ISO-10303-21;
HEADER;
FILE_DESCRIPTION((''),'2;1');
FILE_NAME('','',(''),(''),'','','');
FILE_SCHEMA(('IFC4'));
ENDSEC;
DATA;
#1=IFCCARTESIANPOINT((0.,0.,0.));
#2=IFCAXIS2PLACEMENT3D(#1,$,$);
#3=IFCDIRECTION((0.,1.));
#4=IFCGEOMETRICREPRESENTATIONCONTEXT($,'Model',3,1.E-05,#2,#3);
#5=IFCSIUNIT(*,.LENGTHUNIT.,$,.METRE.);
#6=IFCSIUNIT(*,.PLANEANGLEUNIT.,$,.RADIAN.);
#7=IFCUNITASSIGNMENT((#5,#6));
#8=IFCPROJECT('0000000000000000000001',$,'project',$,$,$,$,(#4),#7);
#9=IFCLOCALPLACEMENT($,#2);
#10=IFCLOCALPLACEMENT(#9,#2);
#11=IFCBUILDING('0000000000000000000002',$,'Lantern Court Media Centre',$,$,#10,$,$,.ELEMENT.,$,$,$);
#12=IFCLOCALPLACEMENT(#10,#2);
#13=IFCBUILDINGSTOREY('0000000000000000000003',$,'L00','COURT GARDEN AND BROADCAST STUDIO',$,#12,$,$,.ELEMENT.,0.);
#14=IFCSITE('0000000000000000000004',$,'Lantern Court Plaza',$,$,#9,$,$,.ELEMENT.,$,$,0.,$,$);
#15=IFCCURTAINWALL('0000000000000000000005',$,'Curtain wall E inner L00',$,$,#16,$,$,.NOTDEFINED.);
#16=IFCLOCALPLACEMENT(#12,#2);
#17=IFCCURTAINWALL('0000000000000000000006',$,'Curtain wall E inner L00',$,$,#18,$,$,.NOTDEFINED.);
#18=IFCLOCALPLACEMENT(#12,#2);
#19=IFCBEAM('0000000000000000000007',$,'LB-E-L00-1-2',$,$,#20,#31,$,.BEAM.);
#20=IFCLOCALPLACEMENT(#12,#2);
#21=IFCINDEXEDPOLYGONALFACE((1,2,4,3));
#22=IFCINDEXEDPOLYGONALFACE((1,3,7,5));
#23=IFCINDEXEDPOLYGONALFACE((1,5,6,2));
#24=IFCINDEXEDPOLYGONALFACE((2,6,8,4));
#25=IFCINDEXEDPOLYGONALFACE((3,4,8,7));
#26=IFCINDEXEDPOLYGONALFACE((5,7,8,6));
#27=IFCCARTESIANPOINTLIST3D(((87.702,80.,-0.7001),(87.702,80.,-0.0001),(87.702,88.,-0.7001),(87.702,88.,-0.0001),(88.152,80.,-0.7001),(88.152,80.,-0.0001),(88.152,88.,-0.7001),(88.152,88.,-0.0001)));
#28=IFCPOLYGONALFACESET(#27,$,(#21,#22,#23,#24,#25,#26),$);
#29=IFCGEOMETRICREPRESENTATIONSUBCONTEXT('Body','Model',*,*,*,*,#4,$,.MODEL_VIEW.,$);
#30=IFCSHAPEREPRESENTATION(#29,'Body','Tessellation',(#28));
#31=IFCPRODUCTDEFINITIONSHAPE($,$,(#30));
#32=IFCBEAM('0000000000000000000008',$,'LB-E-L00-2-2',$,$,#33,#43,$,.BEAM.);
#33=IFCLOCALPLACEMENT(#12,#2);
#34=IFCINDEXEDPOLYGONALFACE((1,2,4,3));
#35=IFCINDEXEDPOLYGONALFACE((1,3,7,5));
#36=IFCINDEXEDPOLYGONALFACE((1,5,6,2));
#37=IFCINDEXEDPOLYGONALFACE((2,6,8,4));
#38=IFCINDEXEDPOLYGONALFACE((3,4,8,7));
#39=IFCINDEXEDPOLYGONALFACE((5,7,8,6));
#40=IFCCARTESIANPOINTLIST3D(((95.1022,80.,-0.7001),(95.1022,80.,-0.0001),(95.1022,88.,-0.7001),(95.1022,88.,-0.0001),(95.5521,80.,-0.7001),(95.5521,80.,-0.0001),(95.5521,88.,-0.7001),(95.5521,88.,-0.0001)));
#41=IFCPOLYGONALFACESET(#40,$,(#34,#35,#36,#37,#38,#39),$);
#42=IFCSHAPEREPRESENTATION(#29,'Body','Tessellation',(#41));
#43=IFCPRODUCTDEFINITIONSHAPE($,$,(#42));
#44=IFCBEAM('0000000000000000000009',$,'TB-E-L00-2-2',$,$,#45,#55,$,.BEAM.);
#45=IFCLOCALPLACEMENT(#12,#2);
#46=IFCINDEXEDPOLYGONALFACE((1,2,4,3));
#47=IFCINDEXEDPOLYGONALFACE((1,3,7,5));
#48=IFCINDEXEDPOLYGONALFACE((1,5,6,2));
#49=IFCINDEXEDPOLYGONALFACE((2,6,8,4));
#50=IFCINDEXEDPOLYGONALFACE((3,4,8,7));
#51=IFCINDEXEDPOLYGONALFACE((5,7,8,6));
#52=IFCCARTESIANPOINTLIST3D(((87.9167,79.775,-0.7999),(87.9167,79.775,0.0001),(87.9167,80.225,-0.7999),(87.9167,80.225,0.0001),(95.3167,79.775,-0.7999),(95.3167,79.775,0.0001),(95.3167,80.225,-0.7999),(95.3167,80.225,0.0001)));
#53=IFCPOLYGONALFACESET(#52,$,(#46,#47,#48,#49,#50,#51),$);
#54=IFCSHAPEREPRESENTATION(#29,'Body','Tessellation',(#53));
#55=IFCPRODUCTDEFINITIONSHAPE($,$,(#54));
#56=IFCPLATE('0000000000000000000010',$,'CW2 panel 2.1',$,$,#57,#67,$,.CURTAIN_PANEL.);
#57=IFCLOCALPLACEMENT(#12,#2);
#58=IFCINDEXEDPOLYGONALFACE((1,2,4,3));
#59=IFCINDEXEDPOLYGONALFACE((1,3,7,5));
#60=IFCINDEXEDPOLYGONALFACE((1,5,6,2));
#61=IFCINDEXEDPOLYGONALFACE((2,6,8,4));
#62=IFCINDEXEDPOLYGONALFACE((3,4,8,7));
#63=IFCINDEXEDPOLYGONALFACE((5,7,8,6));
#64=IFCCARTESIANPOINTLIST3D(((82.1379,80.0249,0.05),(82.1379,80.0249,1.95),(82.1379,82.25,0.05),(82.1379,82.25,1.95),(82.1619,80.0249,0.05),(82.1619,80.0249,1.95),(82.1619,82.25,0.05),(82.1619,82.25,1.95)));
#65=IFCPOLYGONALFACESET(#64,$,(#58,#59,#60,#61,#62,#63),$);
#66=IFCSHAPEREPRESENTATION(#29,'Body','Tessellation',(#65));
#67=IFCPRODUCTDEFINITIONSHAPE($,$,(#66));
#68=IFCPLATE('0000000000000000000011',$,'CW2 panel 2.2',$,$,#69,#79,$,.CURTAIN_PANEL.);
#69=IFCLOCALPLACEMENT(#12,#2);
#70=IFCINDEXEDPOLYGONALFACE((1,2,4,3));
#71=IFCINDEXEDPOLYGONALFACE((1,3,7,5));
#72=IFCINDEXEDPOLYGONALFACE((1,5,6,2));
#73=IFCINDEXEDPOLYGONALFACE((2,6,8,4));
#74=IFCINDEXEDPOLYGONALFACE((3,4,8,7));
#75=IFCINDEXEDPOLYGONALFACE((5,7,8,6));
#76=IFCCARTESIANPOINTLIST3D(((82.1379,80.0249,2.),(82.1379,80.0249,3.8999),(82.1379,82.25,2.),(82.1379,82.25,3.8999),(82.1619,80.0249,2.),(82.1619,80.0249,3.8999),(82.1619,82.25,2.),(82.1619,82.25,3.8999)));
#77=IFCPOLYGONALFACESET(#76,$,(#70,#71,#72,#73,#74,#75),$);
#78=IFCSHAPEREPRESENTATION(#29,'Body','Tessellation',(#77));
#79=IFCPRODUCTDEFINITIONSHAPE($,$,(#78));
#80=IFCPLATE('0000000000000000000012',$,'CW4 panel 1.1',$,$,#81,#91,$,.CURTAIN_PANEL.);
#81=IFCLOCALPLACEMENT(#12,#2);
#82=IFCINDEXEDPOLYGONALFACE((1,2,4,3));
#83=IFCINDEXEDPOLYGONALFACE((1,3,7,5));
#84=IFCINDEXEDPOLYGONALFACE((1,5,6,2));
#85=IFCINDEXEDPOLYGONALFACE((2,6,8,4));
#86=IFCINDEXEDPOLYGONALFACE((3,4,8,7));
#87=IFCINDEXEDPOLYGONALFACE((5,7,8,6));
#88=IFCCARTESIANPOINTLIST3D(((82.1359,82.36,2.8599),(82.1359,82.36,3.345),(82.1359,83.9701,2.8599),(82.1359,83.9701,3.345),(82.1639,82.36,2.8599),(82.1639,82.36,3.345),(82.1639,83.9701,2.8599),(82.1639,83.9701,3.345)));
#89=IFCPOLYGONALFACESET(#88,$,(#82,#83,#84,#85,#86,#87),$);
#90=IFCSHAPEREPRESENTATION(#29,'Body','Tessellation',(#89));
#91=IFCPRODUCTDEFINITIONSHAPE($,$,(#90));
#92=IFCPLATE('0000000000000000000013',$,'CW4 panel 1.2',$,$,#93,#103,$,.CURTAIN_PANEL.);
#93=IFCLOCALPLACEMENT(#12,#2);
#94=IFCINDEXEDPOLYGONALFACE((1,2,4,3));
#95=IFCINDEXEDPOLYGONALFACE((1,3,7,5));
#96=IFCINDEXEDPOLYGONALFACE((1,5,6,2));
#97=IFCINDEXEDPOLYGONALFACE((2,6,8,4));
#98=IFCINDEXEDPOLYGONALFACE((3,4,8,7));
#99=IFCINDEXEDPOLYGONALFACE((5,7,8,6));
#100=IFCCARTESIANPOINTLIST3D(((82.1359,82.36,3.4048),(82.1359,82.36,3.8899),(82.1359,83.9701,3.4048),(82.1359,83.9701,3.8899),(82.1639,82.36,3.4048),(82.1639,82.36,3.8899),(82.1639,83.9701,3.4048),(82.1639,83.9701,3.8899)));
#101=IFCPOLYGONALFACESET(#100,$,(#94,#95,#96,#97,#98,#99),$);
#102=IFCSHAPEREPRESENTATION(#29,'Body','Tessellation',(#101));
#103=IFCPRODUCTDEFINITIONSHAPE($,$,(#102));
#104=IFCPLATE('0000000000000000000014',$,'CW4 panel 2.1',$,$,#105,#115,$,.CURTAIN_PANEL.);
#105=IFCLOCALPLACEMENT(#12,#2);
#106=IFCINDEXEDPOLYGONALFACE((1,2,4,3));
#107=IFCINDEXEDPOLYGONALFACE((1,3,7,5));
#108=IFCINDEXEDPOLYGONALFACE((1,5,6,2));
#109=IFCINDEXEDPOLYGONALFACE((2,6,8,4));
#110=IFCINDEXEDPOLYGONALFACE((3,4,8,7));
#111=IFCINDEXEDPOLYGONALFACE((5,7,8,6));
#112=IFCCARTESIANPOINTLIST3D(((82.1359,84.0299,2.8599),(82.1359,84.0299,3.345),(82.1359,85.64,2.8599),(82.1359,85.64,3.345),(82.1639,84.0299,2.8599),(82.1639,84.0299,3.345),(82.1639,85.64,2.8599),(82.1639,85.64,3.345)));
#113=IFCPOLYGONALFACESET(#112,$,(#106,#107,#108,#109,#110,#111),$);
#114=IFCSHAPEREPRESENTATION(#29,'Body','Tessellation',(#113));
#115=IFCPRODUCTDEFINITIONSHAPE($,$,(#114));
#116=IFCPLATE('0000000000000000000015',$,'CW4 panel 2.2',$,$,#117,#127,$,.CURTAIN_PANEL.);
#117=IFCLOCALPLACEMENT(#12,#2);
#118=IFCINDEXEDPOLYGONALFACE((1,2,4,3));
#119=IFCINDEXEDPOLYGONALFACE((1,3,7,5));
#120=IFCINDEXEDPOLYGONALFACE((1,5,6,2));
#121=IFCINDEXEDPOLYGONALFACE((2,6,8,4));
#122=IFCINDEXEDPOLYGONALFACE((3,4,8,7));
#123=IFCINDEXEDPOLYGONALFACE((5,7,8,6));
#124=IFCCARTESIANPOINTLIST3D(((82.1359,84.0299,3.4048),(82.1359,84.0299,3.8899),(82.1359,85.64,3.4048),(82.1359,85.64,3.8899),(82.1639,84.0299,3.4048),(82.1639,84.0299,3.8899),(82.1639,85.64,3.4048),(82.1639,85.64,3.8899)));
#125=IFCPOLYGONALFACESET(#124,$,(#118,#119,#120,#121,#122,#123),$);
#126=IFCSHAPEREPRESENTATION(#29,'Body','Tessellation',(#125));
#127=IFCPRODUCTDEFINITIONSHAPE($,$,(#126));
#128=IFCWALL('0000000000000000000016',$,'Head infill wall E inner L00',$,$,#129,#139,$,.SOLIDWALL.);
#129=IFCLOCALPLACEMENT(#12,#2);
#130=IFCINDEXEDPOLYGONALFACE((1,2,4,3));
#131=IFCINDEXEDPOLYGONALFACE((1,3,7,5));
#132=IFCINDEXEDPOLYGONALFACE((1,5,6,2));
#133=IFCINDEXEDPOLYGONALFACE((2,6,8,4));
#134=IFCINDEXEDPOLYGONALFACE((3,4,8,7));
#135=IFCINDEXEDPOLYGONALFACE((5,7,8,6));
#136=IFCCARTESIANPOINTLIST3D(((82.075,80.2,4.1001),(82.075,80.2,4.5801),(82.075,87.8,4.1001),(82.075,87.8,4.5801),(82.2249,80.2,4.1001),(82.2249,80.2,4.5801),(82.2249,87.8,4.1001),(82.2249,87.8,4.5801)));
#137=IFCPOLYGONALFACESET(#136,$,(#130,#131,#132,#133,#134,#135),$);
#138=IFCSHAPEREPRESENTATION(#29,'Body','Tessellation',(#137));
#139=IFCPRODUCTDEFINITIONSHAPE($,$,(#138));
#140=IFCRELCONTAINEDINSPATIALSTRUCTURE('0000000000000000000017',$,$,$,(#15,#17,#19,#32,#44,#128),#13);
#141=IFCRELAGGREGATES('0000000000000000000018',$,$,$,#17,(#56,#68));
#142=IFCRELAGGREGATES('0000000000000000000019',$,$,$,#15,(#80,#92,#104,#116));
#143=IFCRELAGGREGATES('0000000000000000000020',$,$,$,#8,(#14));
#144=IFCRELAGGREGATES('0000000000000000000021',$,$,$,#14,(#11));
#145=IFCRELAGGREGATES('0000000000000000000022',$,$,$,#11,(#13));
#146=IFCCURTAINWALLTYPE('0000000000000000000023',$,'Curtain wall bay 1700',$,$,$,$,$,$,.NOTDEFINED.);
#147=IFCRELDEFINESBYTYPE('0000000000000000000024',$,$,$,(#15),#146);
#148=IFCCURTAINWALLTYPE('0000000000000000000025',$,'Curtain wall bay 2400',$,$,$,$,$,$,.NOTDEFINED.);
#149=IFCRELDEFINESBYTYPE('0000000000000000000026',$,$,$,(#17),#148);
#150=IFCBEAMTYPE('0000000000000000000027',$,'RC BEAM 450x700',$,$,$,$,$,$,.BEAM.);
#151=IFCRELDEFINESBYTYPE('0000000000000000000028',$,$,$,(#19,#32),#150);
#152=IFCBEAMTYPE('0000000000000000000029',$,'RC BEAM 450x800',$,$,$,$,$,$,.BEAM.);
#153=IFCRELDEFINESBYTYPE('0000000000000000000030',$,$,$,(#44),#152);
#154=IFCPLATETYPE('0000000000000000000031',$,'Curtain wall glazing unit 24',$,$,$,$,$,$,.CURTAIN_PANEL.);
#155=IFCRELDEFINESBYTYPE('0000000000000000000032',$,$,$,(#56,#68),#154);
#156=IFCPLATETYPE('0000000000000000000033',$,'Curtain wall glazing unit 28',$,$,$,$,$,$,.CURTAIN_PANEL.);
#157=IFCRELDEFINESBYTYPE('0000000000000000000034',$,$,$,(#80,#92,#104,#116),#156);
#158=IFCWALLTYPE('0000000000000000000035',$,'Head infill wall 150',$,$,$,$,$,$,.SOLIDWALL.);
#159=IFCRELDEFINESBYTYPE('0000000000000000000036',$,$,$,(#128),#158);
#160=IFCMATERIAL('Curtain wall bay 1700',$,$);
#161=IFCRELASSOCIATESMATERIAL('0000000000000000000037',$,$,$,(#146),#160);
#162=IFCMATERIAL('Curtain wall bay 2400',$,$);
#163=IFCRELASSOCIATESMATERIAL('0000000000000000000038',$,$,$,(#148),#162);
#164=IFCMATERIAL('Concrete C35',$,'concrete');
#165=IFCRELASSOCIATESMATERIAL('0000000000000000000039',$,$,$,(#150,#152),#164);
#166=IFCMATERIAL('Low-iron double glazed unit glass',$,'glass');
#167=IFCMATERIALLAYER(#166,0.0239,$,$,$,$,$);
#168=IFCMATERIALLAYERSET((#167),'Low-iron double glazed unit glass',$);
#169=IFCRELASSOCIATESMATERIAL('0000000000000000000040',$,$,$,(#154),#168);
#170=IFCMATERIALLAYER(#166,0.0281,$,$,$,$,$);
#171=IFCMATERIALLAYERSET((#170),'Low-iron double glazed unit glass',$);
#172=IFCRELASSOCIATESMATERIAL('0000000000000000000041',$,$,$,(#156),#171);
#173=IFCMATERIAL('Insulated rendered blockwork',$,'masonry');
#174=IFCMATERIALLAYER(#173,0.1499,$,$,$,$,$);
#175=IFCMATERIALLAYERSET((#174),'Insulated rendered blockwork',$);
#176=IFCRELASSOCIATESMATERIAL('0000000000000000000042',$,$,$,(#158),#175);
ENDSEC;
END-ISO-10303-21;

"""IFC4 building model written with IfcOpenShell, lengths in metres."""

from ifc_helpers import new_model, si_unit, direction, frame, frame_2d, origin, origin_2d, place, context, subcontext, project, spatial, rectangle, extrude, material, layer, layer_set, material_profile, profile_set, type_object, element, aggregate, save


model = new_model("IFC4")

# Units and contexts
model_context = context("Model", 3, precision=1e-05, world=origin(), true_north=direction((0.0, 1.0)))
body_context = subcontext(model_context, "Body", "Model", "MODEL_VIEW")
ifc_project = project(units=[si_unit("LENGTHUNIT", "METRE"), si_unit("PLANEANGLEUNIT", "RADIAN")], contexts=[model_context])

# Site, building, storey
site_placement = place(None, origin())
site = spatial("IfcSite", under=ifc_project, at=site_placement, Name="Lantern Court Plaza", CompositionType="ELEMENT", RefElevation=0.0)
building_placement = place(site_placement, origin())
building = spatial("IfcBuilding", under=site, at=building_placement, Name="Lantern Court Media Centre", CompositionType="ELEMENT")
storey_placement = place(building_placement, origin())
storey = spatial("IfcBuildingStorey", under=building, at=storey_placement, Name="L00", Description="COURT GARDEN AND BROADCAST STUDIO", CompositionType="ELEMENT", Elevation=0.0)

# Shared definitions
ifc_material_1 = material(Name="Concrete C35", Category="concrete")

# Curtain walls
ifc_material_2 = material(Name="Curtain wall bay 1700")
curtain_wall_type_1 = type_object("IfcCurtainWallType", Name="Curtain wall bay 1700", PredefinedType="NOTDEFINED", material=ifc_material_2)
curtain_wall_1_placement = place(storey_placement, origin())
curtain_wall_1 = element("IfcCurtainWall", 1, at=curtain_wall_1_placement, inside=storey, type_object=curtain_wall_type_1, Name="Curtain wall E inner L00", PredefinedType="NOTDEFINED")
ifc_material_3 = material(Name="Curtain wall bay 2400")
curtain_wall_type_2 = type_object("IfcCurtainWallType", Name="Curtain wall bay 2400", PredefinedType="NOTDEFINED", material=ifc_material_3)
curtain_wall_2_placement = place(storey_placement, origin())
curtain_wall_2 = element("IfcCurtainWall", 2, at=curtain_wall_2_placement, inside=storey, type_object=curtain_wall_type_2, Name="Curtain wall E inner L00", PredefinedType="NOTDEFINED")

# Beams
ifc_material_profile_1 = material_profile(ifc_material_1, rectangle(XDim=0.45, YDim=0.7, at=origin_2d()), Name="RC 450x700")
ifc_profile_set_1 = profile_set([ifc_material_profile_1], Name="Concrete C35")
beam_type_1 = type_object("IfcBeamType", Name="RC BEAM 450x700", PredefinedType="BEAM", material=ifc_profile_set_1)
for number, where, z_axis, x_axis, name in (
    (3, (87.927, 80.0, -0.3501), (0.0, 1.0, 0.0), (-1.0, 0.0, 0.0), "LB-E-L00-1-2"),
    (4, (95.3271, 80.0, -0.3501), (0.0, 1.0, 0.0), (-1.0, 0.0, 0.0), "LB-E-L00-2-2"),
):
    element("IfcBeam", number, at=place(storey_placement, frame(where, z_axis=z_axis, x_axis=x_axis)), inside=storey, type_object=beam_type_1, Name=name, PredefinedType="BEAM", context=body_context, shape_type="SweptSolid", body=[
        extrude(rectangle(XDim=0.45, YDim=0.7, at=origin_2d()), origin(), (0.0, 0.0, 1.0), 8.0),
    ])
ifc_material_profile_2 = material_profile(ifc_material_1, rectangle(XDim=0.45, YDim=0.8, at=origin_2d()), Name="RC 450x800")
ifc_profile_set_2 = profile_set([ifc_material_profile_2], Name="Concrete C35")
beam_type_2 = type_object("IfcBeamType", Name="RC BEAM 450x800", PredefinedType="BEAM", material=ifc_profile_set_2)
beam_1_placement = place(storey_placement, frame((87.9167, 80.0, -0.3999), z_axis=(1.0, 0.0, 0.0), x_axis=(0.0, 1.0, 0.0)))
element("IfcBeam", 5, at=beam_1_placement, inside=storey, type_object=beam_type_2, Name="TB-E-L00-2-2", PredefinedType="BEAM", context=body_context, shape_type="SweptSolid", body=[
    extrude(rectangle(XDim=0.45, YDim=0.8, at=origin_2d()), origin(), (0.0, 0.0, 1.0), 7.3999),
])

# Plates
ifc_material_4 = material(Name="Low-iron double glazed unit glass", Category="glass")
ifc_layer_1 = layer(ifc_material_4, 0.0239)
ifc_layer_set_1 = layer_set([ifc_layer_1], Name="Low-iron double glazed unit glass")
plate_type_1 = type_object("IfcPlateType", Name="Curtain wall glazing unit 24", PredefinedType="CURTAIN_PANEL", material=ifc_layer_set_1)
plate_1_placement = place(storey_placement, frame((82.1499, 81.1375, 0.05), z_axis=(0.0, 0.0, 1.0), x_axis=(0.0, 1.0, 0.0)))
plate_1 = element("IfcPlate", 6, at=plate_1_placement, type_object=plate_type_1, Name="CW2 panel 2.1", PredefinedType="CURTAIN_PANEL", context=body_context, shape_type="SweptSolid", body=[
    extrude(rectangle(XDim=2.2251, YDim=0.0239, at=origin_2d()), origin(), (0.0, 0.0, 1.0), 1.8999),
])
plate_2_placement = place(storey_placement, frame((82.1499, 81.1375, 2.0), z_axis=(0.0, 0.0, 1.0), x_axis=(0.0, 1.0, 0.0)))
plate_2 = element("IfcPlate", 7, at=plate_2_placement, type_object=plate_type_1, Name="CW2 panel 2.2", PredefinedType="CURTAIN_PANEL", context=body_context, shape_type="SweptSolid", body=[
    extrude(rectangle(XDim=2.2251, YDim=0.0239, at=origin_2d()), origin(), (0.0, 0.0, 1.0), 1.8999),
])
aggregate(curtain_wall_2, [plate_1, plate_2])
ifc_layer_2 = layer(ifc_material_4, 0.0281)
ifc_layer_set_2 = layer_set([ifc_layer_2], Name="Low-iron double glazed unit glass")
plate_type_2 = type_object("IfcPlateType", Name="Curtain wall glazing unit 28", PredefinedType="CURTAIN_PANEL", material=ifc_layer_set_2)
plate_3_placement = place(storey_placement, frame((82.1499, 83.165, 2.8599), z_axis=(0.0, 0.0, 1.0), x_axis=(0.0, 1.0, 0.0)))
plate_3 = element("IfcPlate", 8, at=plate_3_placement, type_object=plate_type_2, Name="CW4 panel 1.1", PredefinedType="CURTAIN_PANEL", context=body_context, shape_type="SweptSolid", body=[
    extrude(rectangle(XDim=1.6101, YDim=0.0281, at=origin_2d()), origin(), (0.0, 0.0, 1.0), 0.4851),
])
plate_4_placement = place(storey_placement, frame((82.1499, 83.165, 3.4048), z_axis=(0.0, 0.0, 1.0), x_axis=(0.0, 1.0, 0.0)))
plate_4 = element("IfcPlate", 9, at=plate_4_placement, type_object=plate_type_2, Name="CW4 panel 1.2", PredefinedType="CURTAIN_PANEL", context=body_context, shape_type="SweptSolid", body=[
    extrude(rectangle(XDim=1.6101, YDim=0.0281, at=origin_2d()), origin(), (0.0, 0.0, 1.0), 0.4851),
])
plate_5_placement = place(storey_placement, frame((82.1499, 84.835, 2.8599), z_axis=(0.0, 0.0, 1.0), x_axis=(0.0, 1.0, 0.0)))
plate_5 = element("IfcPlate", 10, at=plate_5_placement, type_object=plate_type_2, Name="CW4 panel 2.1", PredefinedType="CURTAIN_PANEL", context=body_context, shape_type="SweptSolid", body=[
    extrude(rectangle(XDim=1.6101, YDim=0.0281, at=origin_2d()), origin(), (0.0, 0.0, 1.0), 0.4851),
])
plate_6_placement = place(storey_placement, frame((82.1499, 84.835, 3.4048), z_axis=(0.0, 0.0, 1.0), x_axis=(0.0, 1.0, 0.0)))
plate_6 = element("IfcPlate", 11, at=plate_6_placement, type_object=plate_type_2, Name="CW4 panel 2.2", PredefinedType="CURTAIN_PANEL", context=body_context, shape_type="SweptSolid", body=[
    extrude(rectangle(XDim=1.6101, YDim=0.0281, at=origin_2d()), origin(), (0.0, 0.0, 1.0), 0.4851),
])
aggregate(curtain_wall_1, [plate_3, plate_4, plate_5, plate_6])

# Shared definitions
ifc_material_5 = material(Name="Insulated rendered blockwork", Category="masonry")

# Wall
ifc_layer_3 = layer(ifc_material_5, 0.1499)
ifc_layer_set_3 = layer_set([ifc_layer_3], Name="Insulated rendered blockwork")
wall_type_1 = type_object("IfcWallType", Name="Head infill wall 150", PredefinedType="SOLIDWALL", material=ifc_layer_set_3)
wall_1_placement = place(storey_placement, frame((82.1499, 80.2, 4.1001), z_axis=(0.0, 0.0, 1.0), x_axis=(0.0, 1.0, 0.0)))
element("IfcWall", 12, at=wall_1_placement, inside=storey, type_object=wall_type_1, Name="Head infill wall E inner L00", PredefinedType="SOLIDWALL", context=body_context, shape_type="SweptSolid", body=[
    extrude(rectangle(XDim=7.6001, YDim=0.1499, at=frame_2d((3.8, 0.0))), origin(), (0.0, 0.0, 1.0), 0.48),
])

save(model, "model.ifc")
